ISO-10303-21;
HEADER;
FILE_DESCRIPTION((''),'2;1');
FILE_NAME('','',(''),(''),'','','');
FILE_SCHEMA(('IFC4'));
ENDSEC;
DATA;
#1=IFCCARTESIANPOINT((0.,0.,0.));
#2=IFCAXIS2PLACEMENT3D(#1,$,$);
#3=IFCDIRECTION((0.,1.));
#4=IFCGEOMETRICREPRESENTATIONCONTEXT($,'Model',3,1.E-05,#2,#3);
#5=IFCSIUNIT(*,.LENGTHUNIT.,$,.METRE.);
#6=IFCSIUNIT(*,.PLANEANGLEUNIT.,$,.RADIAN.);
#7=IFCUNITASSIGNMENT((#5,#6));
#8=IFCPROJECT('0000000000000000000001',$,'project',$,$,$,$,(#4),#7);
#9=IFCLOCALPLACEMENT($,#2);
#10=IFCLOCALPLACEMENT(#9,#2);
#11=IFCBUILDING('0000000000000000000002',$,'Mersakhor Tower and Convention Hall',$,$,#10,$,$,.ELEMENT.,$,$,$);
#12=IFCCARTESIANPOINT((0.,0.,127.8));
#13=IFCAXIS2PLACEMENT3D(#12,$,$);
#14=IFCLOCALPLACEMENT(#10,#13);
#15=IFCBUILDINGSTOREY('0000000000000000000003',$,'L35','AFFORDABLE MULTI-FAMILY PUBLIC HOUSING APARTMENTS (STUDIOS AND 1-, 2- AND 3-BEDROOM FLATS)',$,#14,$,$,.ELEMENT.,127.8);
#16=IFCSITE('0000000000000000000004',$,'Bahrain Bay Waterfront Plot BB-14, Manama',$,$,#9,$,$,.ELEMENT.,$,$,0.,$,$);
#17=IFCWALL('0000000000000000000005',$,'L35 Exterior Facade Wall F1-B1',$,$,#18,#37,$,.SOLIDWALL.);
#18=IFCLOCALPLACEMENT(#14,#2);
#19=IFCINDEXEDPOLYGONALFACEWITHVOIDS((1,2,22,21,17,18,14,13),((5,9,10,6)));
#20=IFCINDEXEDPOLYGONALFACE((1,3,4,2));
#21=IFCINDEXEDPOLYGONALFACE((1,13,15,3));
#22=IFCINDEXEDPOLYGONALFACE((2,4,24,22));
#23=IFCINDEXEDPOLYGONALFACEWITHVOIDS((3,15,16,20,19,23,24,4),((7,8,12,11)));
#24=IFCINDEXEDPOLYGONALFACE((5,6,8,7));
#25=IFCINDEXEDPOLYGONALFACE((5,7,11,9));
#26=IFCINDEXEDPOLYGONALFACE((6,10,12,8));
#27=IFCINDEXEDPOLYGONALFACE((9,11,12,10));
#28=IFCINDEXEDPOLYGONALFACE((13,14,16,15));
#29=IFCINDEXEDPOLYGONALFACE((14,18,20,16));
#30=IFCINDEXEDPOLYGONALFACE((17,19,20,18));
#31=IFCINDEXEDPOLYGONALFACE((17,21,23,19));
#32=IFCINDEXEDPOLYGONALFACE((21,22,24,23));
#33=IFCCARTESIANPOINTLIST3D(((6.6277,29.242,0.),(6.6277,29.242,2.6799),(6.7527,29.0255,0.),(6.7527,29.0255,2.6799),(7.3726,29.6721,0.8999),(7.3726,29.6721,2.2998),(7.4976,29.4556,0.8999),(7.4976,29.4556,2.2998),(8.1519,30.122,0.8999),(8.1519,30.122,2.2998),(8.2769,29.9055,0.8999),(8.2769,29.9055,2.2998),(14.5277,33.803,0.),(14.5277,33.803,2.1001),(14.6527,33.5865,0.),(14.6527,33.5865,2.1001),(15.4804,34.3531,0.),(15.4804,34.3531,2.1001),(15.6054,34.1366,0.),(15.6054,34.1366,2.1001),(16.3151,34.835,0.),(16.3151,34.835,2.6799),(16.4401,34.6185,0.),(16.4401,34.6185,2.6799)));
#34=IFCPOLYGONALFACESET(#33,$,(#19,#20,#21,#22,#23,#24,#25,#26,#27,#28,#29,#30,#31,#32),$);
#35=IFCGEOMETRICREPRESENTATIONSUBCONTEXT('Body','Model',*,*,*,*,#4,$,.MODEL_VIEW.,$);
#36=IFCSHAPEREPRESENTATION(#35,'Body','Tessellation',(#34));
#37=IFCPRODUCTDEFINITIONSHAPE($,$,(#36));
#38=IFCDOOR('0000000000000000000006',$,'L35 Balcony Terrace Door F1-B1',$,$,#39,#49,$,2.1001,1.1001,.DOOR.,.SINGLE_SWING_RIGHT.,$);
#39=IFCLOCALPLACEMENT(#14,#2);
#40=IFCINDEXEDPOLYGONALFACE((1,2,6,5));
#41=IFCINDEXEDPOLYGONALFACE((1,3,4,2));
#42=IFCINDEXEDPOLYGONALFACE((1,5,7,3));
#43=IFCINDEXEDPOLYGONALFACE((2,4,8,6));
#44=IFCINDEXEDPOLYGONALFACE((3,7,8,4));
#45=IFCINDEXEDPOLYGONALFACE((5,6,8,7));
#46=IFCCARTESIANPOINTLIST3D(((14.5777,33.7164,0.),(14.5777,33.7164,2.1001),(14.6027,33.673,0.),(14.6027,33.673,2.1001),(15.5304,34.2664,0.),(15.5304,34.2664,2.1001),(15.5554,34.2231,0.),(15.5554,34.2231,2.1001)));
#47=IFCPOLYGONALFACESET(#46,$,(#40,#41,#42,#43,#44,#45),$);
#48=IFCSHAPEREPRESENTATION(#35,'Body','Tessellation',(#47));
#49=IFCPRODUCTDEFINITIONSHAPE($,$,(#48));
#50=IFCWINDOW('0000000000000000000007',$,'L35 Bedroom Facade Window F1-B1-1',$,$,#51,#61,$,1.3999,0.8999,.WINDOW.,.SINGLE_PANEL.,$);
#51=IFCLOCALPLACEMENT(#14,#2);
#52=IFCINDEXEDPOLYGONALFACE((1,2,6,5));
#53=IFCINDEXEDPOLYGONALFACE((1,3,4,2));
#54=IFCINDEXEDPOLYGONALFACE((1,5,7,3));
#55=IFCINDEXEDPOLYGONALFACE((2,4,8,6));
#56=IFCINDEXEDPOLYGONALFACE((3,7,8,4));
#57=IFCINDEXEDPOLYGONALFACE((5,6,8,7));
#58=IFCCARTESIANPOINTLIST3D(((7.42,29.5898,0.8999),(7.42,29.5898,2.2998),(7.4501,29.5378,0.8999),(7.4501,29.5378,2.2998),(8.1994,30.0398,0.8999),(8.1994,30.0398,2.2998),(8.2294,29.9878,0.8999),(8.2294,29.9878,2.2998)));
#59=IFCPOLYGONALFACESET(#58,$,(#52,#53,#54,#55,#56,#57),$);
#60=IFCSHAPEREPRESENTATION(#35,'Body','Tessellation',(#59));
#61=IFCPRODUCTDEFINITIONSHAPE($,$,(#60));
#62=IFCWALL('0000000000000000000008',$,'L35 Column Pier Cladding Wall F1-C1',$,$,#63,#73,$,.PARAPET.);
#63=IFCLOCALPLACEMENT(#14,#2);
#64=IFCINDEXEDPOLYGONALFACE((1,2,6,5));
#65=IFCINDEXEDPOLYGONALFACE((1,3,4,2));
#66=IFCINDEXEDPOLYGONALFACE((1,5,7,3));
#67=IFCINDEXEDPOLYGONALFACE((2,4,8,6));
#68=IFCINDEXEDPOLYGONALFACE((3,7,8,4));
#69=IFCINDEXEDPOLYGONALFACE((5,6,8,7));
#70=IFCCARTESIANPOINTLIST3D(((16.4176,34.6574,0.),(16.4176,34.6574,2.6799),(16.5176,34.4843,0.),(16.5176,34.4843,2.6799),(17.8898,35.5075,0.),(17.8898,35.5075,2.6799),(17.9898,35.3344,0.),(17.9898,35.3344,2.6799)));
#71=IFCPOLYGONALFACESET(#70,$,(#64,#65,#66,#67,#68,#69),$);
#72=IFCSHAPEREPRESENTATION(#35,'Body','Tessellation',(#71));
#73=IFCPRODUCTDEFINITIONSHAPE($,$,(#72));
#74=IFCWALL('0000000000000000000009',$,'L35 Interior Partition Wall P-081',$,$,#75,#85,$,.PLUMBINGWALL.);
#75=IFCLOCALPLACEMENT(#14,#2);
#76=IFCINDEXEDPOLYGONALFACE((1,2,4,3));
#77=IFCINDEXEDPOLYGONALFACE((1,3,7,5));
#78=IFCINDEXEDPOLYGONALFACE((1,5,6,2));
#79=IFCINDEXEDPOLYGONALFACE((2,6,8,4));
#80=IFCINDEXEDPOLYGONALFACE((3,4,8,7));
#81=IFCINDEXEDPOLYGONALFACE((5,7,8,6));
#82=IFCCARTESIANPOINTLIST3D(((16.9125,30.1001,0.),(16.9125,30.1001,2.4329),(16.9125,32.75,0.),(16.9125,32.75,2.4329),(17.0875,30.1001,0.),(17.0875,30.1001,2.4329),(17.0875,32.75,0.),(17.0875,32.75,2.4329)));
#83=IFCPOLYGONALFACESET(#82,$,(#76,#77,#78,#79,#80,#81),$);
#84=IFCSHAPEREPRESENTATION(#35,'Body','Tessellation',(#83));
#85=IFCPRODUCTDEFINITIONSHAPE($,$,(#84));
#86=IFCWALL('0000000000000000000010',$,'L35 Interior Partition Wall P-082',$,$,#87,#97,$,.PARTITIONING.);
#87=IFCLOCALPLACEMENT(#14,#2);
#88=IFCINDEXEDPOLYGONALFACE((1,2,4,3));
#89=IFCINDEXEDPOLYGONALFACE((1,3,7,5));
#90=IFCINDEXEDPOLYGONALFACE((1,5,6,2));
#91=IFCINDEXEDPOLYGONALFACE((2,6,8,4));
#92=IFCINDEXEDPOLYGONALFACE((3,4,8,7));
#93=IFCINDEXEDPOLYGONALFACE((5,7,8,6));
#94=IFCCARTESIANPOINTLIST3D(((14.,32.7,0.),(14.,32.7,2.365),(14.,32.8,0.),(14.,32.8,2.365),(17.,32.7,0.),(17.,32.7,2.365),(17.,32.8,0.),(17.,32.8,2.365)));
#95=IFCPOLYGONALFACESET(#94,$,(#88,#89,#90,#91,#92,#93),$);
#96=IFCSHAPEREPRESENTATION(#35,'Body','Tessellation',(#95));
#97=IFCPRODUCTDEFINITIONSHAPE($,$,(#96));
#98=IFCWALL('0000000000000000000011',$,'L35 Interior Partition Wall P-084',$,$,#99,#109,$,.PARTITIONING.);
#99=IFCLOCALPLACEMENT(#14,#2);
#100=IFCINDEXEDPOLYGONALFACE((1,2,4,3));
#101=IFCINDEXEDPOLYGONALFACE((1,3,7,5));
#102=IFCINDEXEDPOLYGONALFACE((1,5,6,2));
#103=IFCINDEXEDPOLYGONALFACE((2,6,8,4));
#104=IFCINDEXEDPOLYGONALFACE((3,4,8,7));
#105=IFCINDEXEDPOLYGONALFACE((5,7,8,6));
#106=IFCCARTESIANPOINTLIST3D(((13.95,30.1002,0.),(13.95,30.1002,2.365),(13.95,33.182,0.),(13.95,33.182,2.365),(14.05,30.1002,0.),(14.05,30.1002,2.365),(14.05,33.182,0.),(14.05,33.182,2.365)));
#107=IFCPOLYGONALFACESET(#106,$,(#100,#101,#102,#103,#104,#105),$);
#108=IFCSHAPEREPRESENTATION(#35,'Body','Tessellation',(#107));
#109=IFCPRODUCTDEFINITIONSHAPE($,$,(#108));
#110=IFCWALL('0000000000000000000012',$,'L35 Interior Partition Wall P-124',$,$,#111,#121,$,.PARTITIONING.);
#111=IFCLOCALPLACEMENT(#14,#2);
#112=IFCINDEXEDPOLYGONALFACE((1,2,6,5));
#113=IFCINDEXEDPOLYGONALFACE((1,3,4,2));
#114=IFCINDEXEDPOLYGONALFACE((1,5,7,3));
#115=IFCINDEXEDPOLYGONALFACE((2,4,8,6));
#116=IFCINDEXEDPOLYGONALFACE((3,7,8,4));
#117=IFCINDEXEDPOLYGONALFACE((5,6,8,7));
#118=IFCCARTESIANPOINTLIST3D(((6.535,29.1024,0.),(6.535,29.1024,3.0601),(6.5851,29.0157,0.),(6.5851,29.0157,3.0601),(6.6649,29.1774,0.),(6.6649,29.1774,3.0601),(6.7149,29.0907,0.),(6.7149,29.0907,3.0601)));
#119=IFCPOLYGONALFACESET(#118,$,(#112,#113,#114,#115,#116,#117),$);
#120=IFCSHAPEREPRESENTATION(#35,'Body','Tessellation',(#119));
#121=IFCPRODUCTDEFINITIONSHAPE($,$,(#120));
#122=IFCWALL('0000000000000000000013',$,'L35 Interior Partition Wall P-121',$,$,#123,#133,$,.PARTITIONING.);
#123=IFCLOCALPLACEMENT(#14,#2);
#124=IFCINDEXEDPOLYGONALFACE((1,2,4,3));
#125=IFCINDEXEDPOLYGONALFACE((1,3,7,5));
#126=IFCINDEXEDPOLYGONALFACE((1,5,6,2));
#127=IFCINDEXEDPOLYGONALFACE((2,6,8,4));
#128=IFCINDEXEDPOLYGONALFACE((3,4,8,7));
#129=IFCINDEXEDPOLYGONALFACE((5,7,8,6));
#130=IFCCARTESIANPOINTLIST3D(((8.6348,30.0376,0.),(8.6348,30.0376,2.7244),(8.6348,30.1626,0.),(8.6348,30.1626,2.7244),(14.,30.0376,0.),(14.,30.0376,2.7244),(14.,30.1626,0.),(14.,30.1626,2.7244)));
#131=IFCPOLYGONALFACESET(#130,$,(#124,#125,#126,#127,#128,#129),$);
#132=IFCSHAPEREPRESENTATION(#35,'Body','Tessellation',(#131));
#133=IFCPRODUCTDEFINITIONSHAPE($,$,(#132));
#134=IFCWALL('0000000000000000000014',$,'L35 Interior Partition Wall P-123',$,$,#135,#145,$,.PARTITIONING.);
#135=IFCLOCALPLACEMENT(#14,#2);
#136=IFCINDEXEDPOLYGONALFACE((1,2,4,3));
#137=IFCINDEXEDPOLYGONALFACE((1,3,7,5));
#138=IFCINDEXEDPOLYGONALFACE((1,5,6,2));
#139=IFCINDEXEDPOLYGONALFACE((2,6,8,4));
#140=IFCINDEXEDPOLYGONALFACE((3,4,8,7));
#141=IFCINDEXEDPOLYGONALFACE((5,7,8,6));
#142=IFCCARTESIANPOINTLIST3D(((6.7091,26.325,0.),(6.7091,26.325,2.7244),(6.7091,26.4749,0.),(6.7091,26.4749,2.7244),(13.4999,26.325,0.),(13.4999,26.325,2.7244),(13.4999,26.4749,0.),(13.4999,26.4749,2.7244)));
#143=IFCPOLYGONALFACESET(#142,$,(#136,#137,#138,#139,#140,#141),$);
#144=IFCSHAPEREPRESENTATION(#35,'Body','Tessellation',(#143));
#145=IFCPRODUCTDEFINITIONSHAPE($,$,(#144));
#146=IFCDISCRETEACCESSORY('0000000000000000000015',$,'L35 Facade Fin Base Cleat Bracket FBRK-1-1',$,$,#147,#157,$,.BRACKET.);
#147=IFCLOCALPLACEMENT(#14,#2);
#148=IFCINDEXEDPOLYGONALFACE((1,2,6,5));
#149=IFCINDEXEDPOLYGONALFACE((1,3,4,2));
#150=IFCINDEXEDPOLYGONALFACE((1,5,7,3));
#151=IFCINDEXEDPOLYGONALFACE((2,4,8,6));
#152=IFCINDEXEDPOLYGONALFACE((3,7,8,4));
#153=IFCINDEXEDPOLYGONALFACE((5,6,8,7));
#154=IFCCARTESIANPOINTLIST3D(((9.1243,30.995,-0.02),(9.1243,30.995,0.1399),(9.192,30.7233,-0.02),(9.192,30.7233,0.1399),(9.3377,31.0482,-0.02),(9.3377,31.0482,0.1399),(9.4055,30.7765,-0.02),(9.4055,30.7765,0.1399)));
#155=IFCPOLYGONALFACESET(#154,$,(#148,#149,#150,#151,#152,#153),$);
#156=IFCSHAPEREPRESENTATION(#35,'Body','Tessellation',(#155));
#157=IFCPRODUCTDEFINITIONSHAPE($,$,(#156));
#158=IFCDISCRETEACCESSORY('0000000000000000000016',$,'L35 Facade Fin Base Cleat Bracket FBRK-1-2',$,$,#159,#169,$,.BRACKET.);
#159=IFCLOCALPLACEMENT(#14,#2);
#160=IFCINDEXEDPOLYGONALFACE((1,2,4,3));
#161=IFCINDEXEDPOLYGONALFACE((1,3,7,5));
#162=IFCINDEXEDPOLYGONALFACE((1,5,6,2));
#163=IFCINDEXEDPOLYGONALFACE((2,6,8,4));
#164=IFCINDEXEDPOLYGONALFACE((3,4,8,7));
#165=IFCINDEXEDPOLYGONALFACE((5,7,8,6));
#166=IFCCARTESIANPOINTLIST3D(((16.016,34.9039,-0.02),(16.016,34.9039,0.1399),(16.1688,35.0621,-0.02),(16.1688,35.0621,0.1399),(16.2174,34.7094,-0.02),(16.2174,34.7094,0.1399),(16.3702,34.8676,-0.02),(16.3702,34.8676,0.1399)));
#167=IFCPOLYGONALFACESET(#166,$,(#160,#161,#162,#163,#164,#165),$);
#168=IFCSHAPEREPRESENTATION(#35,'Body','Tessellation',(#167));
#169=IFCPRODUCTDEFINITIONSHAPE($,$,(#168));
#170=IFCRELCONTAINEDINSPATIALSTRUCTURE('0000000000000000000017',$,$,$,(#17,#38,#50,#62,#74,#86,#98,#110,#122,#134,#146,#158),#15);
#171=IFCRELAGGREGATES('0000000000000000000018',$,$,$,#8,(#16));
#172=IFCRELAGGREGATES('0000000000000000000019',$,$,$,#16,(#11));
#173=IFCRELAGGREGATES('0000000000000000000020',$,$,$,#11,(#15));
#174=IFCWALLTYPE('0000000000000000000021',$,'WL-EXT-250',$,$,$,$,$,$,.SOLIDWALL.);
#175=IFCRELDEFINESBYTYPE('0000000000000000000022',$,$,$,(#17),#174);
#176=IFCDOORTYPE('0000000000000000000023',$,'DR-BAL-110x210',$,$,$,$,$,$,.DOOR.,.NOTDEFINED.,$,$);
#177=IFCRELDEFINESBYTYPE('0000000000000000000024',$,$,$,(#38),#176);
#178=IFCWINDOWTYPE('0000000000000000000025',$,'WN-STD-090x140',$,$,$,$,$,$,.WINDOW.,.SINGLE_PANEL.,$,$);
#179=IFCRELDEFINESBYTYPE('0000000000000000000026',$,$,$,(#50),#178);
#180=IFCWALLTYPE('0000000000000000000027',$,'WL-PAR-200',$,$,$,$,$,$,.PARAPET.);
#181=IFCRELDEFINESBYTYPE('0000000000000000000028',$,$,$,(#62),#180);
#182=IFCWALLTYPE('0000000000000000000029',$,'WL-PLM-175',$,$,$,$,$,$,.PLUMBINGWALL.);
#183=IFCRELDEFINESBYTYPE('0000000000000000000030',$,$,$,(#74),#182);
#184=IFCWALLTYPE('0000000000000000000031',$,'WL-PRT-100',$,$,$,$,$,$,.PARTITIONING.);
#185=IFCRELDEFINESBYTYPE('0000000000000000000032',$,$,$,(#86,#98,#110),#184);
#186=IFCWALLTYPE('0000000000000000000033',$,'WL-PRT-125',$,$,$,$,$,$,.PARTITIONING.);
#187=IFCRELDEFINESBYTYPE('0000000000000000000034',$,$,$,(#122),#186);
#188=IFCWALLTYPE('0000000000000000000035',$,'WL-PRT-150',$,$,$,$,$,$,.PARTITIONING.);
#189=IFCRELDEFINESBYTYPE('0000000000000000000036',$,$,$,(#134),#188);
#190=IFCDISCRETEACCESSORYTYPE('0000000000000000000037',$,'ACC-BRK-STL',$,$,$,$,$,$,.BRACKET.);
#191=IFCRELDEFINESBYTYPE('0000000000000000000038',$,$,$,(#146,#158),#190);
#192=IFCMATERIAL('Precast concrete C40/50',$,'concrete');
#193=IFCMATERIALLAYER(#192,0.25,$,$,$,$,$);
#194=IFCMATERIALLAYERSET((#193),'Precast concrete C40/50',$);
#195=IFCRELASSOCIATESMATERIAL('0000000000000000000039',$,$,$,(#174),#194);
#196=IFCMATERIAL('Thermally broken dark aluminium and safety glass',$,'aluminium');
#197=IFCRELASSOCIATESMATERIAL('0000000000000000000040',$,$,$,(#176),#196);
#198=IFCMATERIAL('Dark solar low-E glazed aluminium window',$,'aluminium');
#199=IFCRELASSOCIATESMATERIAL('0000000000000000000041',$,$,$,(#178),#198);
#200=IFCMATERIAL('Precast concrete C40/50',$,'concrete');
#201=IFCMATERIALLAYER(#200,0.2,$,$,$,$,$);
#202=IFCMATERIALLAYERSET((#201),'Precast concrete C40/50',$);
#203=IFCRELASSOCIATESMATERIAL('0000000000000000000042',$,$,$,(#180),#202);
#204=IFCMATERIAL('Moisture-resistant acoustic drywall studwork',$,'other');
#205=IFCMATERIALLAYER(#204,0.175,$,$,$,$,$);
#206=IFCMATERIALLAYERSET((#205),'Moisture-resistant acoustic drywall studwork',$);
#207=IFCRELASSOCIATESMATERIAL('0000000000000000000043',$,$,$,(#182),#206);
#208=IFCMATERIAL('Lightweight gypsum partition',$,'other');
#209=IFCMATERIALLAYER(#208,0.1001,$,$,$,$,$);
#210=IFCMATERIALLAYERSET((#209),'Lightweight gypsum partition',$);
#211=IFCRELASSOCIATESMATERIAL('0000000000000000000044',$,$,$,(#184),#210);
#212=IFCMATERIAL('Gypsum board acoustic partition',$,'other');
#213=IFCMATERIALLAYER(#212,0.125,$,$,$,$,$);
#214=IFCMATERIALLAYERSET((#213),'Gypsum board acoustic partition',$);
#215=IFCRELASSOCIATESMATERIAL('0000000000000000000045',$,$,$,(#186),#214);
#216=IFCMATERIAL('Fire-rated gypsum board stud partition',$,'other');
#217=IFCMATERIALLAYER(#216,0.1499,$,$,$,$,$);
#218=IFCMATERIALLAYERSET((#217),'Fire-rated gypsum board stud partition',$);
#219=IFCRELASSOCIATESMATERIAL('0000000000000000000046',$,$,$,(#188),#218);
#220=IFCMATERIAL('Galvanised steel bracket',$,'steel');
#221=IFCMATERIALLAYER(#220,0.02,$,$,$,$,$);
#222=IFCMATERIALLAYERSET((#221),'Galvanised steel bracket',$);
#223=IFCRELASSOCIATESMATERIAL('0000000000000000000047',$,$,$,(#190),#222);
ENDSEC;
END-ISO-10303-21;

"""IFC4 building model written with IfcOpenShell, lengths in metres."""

from ifc_helpers import new_model, si_unit, direction, frame, frame_2d, origin, origin_2d, place, context, subcontext, project, spatial, rectangle, extrude, material, layer, layer_set, type_object, element, fill, save


model = new_model("IFC4")

# Units and contexts
model_context = context("Model", 3, precision=1e-05, world=origin(), true_north=direction((0.0, 1.0)))
body_context = subcontext(model_context, "Body", "Model", "MODEL_VIEW")
ifc_project = project(units=[si_unit("LENGTHUNIT", "METRE"), si_unit("PLANEANGLEUNIT", "RADIAN")], contexts=[model_context])

# Site, building, storey
site_placement = place(None, origin())
site = spatial("IfcSite", under=ifc_project, at=site_placement, Name="Bahrain Bay Waterfront Plot BB-14, Manama", CompositionType="ELEMENT", RefElevation=0.0)
building_placement = place(site_placement, origin())
building = spatial("IfcBuilding", under=site, at=building_placement, Name="Mersakhor Tower and Convention Hall", CompositionType="ELEMENT")
storey_placement = place(building_placement, frame((0.0, 0.0, 127.8)))
storey = spatial("IfcBuildingStorey", under=building, at=storey_placement, Name="L35", Description="AFFORDABLE MULTI-FAMILY PUBLIC HOUSING APARTMENTS (STUDIOS AND 1-, 2- AND 3-BEDROOM FLATS)", CompositionType="ELEMENT", Elevation=127.8)

# Wall, openings, door, window
ifc_material_1 = material(Name="Precast concrete C40/50", Category="concrete")
ifc_layer_1 = layer(ifc_material_1, 0.25)
ifc_layer_set_1 = layer_set([ifc_layer_1], Name="Precast concrete C40/50")
wall_type_1 = type_object("IfcWallType", Name="WL-EXT-250", PredefinedType="SOLIDWALL", material=ifc_layer_set_1)
wall_1_placement = place(storey_placement, frame((6.6902, 29.1338, 0.0), z_axis=(0.0, 0.0, 1.0), x_axis=(0.866028, 0.499996, 0.0)))
wall_1 = element("IfcWall", 1, at=wall_1_placement, inside=storey, type_object=wall_type_1, Name="L35 Exterior Facade Wall F1-B1", PredefinedType="SOLIDWALL", context=body_context, shape_type="SweptSolid", body=[
    extrude(rectangle(XDim=11.186, YDim=0.25, at=frame_2d((5.593, 0.0))), origin(), (0.0, 0.0, 1.0), 2.6799),
])
opening_1_placement = place(wall_1_placement, frame((9.1221, 0.0, 0.0)))
opening_1 = element("IfcOpeningElement", 2, at=opening_1_placement, cuts=wall_1, PredefinedType="OPENING", context=body_context, shape_type="SweptSolid", body=[
    extrude(rectangle(XDim=1.1001, YDim=2.1001, at=frame_2d((0.55, 1.05))), frame((0.0, 0.135, 0.0), z_axis=(0.0, -1.0, 0.0), x_axis=(1.0, 0.0, 0.0)), (0.0, 0.0, 1.0), 0.27),
])
opening_2_placement = place(wall_1_placement, frame((0.8601, 0.0, 0.8999)))
opening_2 = element("IfcOpeningElement", 3, at=opening_2_placement, cuts=wall_1, PredefinedType="OPENING", context=body_context, shape_type="SweptSolid", body=[
    extrude(rectangle(XDim=0.8999, YDim=1.3999, at=frame_2d((0.45, 0.7))), frame((0.0, 0.135, 0.0), z_axis=(0.0, -1.0, 0.0), x_axis=(1.0, 0.0, 0.0)), (0.0, 0.0, 1.0), 0.27),
])
ifc_material_2 = material(Name="Thermally broken dark aluminium and safety glass", Category="aluminium")
door_type = type_object("IfcDoorType", Name="DR-BAL-110x210", OperationType="NOTDEFINED", PredefinedType="DOOR", material=ifc_material_2)
door_placement = place(opening_1_placement, origin())
door = element("IfcDoor", 4, at=door_placement, inside=storey, type_object=door_type, Name="L35 Balcony Terrace Door F1-B1", OperationType="SINGLE_SWING_RIGHT", OverallHeight=2.1001, OverallWidth=1.1001, PredefinedType="DOOR", context=body_context, shape_type="SweptSolid", body=[
    extrude(rectangle(XDim=1.1001, YDim=2.1001, at=frame_2d((0.55, 1.05))), frame((0.0, 0.0249, 0.0), z_axis=(0.0, -1.0, 0.0), x_axis=(1.0, 0.0, 0.0)), (0.0, 0.0, 1.0), 0.05),
])
fill(opening_1, door)
ifc_material_3 = material(Name="Dark solar low-E glazed aluminium window", Category="aluminium")
window_type = type_object("IfcWindowType", Name="WN-STD-090x140", PartitioningType="SINGLE_PANEL", PredefinedType="WINDOW", material=ifc_material_3)
window_placement = place(opening_2_placement, origin())
window = element("IfcWindow", 5, at=window_placement, inside=storey, type_object=window_type, Name="L35 Bedroom Facade Window F1-B1-1", OverallHeight=1.3999, OverallWidth=0.8999, PartitioningType="SINGLE_PANEL", PredefinedType="WINDOW", context=body_context, shape_type="SweptSolid", body=[
    extrude(rectangle(XDim=0.8999, YDim=1.3999, at=frame_2d((0.45, 0.7))), frame((0.0, 0.03, 0.0), z_axis=(0.0, -1.0, 0.0), x_axis=(1.0, 0.0, 0.0)), (0.0, 0.0, 1.0), 0.0601),
])
fill(opening_2, window)

# Walls
ifc_material_4 = material(Name="Precast concrete C40/50", Category="concrete")
ifc_layer_2 = layer(ifc_material_4, 0.2)
ifc_layer_set_2 = layer_set([ifc_layer_2], Name="Precast concrete C40/50")
wall_type_2 = type_object("IfcWallType", Name="WL-PAR-200", PredefinedType="PARAPET", material=ifc_layer_set_2)
wall_2_placement = place(storey_placement, frame((16.4675, 34.5708, 0.0), z_axis=(0.0, 0.0, 1.0), x_axis=(0.865989, 0.500062, 0.0)))
element("IfcWall", 6, at=wall_2_placement, inside=storey, type_object=wall_type_2, Name="L35 Column Pier Cladding Wall F1-C1", PredefinedType="PARAPET", context=body_context, shape_type="SweptSolid", body=[
    extrude(rectangle(XDim=1.7, YDim=0.2, at=frame_2d((0.8501, 0.0))), origin(), (0.0, 0.0, 1.0), 2.6799),
])
ifc_material_5 = material(Name="Moisture-resistant acoustic drywall studwork", Category="other")
ifc_layer_3 = layer(ifc_material_5, 0.175)
ifc_layer_set_3 = layer_set([ifc_layer_3], Name="Moisture-resistant acoustic drywall studwork")
wall_type_3 = type_object("IfcWallType", Name="WL-PLM-175", PredefinedType="PLUMBINGWALL", material=ifc_layer_set_3)
wall_3_placement = place(storey_placement, frame((17.0, 30.1001, 0.0), z_axis=(0.0, 0.0, 1.0), x_axis=(0.0, 1.0, 0.0)))
element("IfcWall", 7, at=wall_3_placement, inside=storey, type_object=wall_type_3, Name="L35 Interior Partition Wall P-081", PredefinedType="PLUMBINGWALL", context=body_context, shape_type="SweptSolid", body=[
    extrude(rectangle(XDim=2.6499, YDim=0.175, at=frame_2d((1.325, 0.0))), origin(), (0.0, 0.0, 1.0), 2.4329),
])
ifc_material_6 = material(Name="Lightweight gypsum partition", Category="other")
ifc_layer_4 = layer(ifc_material_6, 0.1001)
ifc_layer_set_4 = layer_set([ifc_layer_4], Name="Lightweight gypsum partition")
wall_type_4 = type_object("IfcWallType", Name="WL-PRT-100", PredefinedType="PARTITIONING", material=ifc_layer_set_4)
wall_4_placement = place(storey_placement, frame((14.0, 32.75, 0.0), z_axis=(0.0, 0.0, 1.0), x_axis=(1.0, 0.0, 0.0)))
element("IfcWall", 8, at=wall_4_placement, inside=storey, type_object=wall_type_4, Name="L35 Interior Partition Wall P-082", PredefinedType="PARTITIONING", context=body_context, shape_type="SweptSolid", body=[
    extrude(rectangle(XDim=3.0, YDim=0.1001, at=frame_2d((1.5, 0.0))), origin(), (0.0, 0.0, 1.0), 2.365),
])
wall_5_placement = place(storey_placement, frame((14.0, 30.1001, 0.0), z_axis=(0.0, 0.0, 1.0), x_axis=(0.0, 1.0, 0.0)))
element("IfcWall", 9, at=wall_5_placement, inside=storey, type_object=wall_type_4, Name="L35 Interior Partition Wall P-084", PredefinedType="PARTITIONING", context=body_context, shape_type="SweptSolid", body=[
    extrude(rectangle(XDim=3.0818, YDim=0.1001, at=frame_2d((1.541, 0.0))), origin(), (0.0, 0.0, 1.0), 2.365),
])
wall_6_placement = place(storey_placement, frame((6.5601, 29.0591, 0.0), z_axis=(0.0, 0.0, 1.0), x_axis=(0.866131, 0.499816, 0.0)))
element("IfcWall", 10, at=wall_6_placement, inside=storey, type_object=wall_type_4, Name="L35 Interior Partition Wall P-124", PredefinedType="PARTITIONING", context=body_context, shape_type="SweptSolid", body=[
    extrude(rectangle(XDim=0.1499, YDim=0.1001, at=frame_2d((0.075, 0.0))), origin(), (0.0, 0.0, 1.0), 3.0601),
])
ifc_material_7 = material(Name="Gypsum board acoustic partition", Category="other")
ifc_layer_5 = layer(ifc_material_7, 0.125)
ifc_layer_set_5 = layer_set([ifc_layer_5], Name="Gypsum board acoustic partition")
wall_type_5 = type_object("IfcWallType", Name="WL-PRT-125", PredefinedType="PARTITIONING", material=ifc_layer_set_5)
wall_7_placement = place(storey_placement, frame((8.6348, 30.1001, 0.0), z_axis=(0.0, 0.0, 1.0), x_axis=(1.0, 0.0, 0.0)))
element("IfcWall", 11, at=wall_7_placement, inside=storey, type_object=wall_type_5, Name="L35 Interior Partition Wall P-121", PredefinedType="PARTITIONING", context=body_context, shape_type="SweptSolid", body=[
    extrude(rectangle(XDim=5.3652, YDim=0.125, at=frame_2d((2.6826, 0.0))), origin(), (0.0, 0.0, 1.0), 2.7244),
])
ifc_material_8 = material(Name="Fire-rated gypsum board stud partition", Category="other")
ifc_layer_6 = layer(ifc_material_8, 0.1499)
ifc_layer_set_6 = layer_set([ifc_layer_6], Name="Fire-rated gypsum board stud partition")
wall_type_6 = type_object("IfcWallType", Name="WL-PRT-150", PredefinedType="PARTITIONING", material=ifc_layer_set_6)
wall_8_placement = place(storey_placement, frame((13.5, 26.3999, 0.0), z_axis=(0.0, 0.0, 1.0), x_axis=(-1.0, 0.0, 0.0)))
element("IfcWall", 12, at=wall_8_placement, inside=storey, type_object=wall_type_6, Name="L35 Interior Partition Wall P-123", PredefinedType="PARTITIONING", context=body_context, shape_type="SweptSolid", body=[
    extrude(rectangle(XDim=6.7908, YDim=0.1499, at=frame_2d((3.3955, 0.0))), origin(), (0.0, 0.0, 1.0), 2.7244),
])

# Discrete accessories
ifc_material_9 = material(Name="Galvanised steel bracket", Category="steel")
ifc_layer_7 = layer(ifc_material_9, 0.02)
ifc_layer_set_7 = layer_set([ifc_layer_7], Name="Galvanised steel bracket")
discrete_accessory_type = type_object("IfcDiscreteAccessoryType", Name="ACC-BRK-STL", PredefinedType="BRACKET", material=ifc_layer_set_7)
for number, where, z_axis, x_axis, name in (
    (13, (9.2649, 30.8857, -0.02), (0.0, 0.0, 1.0), (-0.241922, 0.970296, 0.0), "L35 Facade Fin Base Cleat Bracket FBRK-1-1"),
    (14, (16.1931, 34.8857, -0.02), (0.0, 0.0, 1.0), (-0.71934, 0.694658, 0.0), "L35 Facade Fin Base Cleat Bracket FBRK-1-2"),
):
    element("IfcDiscreteAccessory", number, at=place(storey_placement, frame(where, z_axis=z_axis, x_axis=x_axis)), inside=storey, type_object=discrete_accessory_type, Name=name, PredefinedType="BRACKET", context=body_context, shape_type="SweptSolid", body=[
        extrude(rectangle(XDim=0.28, YDim=0.22, at=origin_2d()), origin(), (0.0, 0.0, 1.0), 0.1599),
    ])

save(model, "model.ifc")
